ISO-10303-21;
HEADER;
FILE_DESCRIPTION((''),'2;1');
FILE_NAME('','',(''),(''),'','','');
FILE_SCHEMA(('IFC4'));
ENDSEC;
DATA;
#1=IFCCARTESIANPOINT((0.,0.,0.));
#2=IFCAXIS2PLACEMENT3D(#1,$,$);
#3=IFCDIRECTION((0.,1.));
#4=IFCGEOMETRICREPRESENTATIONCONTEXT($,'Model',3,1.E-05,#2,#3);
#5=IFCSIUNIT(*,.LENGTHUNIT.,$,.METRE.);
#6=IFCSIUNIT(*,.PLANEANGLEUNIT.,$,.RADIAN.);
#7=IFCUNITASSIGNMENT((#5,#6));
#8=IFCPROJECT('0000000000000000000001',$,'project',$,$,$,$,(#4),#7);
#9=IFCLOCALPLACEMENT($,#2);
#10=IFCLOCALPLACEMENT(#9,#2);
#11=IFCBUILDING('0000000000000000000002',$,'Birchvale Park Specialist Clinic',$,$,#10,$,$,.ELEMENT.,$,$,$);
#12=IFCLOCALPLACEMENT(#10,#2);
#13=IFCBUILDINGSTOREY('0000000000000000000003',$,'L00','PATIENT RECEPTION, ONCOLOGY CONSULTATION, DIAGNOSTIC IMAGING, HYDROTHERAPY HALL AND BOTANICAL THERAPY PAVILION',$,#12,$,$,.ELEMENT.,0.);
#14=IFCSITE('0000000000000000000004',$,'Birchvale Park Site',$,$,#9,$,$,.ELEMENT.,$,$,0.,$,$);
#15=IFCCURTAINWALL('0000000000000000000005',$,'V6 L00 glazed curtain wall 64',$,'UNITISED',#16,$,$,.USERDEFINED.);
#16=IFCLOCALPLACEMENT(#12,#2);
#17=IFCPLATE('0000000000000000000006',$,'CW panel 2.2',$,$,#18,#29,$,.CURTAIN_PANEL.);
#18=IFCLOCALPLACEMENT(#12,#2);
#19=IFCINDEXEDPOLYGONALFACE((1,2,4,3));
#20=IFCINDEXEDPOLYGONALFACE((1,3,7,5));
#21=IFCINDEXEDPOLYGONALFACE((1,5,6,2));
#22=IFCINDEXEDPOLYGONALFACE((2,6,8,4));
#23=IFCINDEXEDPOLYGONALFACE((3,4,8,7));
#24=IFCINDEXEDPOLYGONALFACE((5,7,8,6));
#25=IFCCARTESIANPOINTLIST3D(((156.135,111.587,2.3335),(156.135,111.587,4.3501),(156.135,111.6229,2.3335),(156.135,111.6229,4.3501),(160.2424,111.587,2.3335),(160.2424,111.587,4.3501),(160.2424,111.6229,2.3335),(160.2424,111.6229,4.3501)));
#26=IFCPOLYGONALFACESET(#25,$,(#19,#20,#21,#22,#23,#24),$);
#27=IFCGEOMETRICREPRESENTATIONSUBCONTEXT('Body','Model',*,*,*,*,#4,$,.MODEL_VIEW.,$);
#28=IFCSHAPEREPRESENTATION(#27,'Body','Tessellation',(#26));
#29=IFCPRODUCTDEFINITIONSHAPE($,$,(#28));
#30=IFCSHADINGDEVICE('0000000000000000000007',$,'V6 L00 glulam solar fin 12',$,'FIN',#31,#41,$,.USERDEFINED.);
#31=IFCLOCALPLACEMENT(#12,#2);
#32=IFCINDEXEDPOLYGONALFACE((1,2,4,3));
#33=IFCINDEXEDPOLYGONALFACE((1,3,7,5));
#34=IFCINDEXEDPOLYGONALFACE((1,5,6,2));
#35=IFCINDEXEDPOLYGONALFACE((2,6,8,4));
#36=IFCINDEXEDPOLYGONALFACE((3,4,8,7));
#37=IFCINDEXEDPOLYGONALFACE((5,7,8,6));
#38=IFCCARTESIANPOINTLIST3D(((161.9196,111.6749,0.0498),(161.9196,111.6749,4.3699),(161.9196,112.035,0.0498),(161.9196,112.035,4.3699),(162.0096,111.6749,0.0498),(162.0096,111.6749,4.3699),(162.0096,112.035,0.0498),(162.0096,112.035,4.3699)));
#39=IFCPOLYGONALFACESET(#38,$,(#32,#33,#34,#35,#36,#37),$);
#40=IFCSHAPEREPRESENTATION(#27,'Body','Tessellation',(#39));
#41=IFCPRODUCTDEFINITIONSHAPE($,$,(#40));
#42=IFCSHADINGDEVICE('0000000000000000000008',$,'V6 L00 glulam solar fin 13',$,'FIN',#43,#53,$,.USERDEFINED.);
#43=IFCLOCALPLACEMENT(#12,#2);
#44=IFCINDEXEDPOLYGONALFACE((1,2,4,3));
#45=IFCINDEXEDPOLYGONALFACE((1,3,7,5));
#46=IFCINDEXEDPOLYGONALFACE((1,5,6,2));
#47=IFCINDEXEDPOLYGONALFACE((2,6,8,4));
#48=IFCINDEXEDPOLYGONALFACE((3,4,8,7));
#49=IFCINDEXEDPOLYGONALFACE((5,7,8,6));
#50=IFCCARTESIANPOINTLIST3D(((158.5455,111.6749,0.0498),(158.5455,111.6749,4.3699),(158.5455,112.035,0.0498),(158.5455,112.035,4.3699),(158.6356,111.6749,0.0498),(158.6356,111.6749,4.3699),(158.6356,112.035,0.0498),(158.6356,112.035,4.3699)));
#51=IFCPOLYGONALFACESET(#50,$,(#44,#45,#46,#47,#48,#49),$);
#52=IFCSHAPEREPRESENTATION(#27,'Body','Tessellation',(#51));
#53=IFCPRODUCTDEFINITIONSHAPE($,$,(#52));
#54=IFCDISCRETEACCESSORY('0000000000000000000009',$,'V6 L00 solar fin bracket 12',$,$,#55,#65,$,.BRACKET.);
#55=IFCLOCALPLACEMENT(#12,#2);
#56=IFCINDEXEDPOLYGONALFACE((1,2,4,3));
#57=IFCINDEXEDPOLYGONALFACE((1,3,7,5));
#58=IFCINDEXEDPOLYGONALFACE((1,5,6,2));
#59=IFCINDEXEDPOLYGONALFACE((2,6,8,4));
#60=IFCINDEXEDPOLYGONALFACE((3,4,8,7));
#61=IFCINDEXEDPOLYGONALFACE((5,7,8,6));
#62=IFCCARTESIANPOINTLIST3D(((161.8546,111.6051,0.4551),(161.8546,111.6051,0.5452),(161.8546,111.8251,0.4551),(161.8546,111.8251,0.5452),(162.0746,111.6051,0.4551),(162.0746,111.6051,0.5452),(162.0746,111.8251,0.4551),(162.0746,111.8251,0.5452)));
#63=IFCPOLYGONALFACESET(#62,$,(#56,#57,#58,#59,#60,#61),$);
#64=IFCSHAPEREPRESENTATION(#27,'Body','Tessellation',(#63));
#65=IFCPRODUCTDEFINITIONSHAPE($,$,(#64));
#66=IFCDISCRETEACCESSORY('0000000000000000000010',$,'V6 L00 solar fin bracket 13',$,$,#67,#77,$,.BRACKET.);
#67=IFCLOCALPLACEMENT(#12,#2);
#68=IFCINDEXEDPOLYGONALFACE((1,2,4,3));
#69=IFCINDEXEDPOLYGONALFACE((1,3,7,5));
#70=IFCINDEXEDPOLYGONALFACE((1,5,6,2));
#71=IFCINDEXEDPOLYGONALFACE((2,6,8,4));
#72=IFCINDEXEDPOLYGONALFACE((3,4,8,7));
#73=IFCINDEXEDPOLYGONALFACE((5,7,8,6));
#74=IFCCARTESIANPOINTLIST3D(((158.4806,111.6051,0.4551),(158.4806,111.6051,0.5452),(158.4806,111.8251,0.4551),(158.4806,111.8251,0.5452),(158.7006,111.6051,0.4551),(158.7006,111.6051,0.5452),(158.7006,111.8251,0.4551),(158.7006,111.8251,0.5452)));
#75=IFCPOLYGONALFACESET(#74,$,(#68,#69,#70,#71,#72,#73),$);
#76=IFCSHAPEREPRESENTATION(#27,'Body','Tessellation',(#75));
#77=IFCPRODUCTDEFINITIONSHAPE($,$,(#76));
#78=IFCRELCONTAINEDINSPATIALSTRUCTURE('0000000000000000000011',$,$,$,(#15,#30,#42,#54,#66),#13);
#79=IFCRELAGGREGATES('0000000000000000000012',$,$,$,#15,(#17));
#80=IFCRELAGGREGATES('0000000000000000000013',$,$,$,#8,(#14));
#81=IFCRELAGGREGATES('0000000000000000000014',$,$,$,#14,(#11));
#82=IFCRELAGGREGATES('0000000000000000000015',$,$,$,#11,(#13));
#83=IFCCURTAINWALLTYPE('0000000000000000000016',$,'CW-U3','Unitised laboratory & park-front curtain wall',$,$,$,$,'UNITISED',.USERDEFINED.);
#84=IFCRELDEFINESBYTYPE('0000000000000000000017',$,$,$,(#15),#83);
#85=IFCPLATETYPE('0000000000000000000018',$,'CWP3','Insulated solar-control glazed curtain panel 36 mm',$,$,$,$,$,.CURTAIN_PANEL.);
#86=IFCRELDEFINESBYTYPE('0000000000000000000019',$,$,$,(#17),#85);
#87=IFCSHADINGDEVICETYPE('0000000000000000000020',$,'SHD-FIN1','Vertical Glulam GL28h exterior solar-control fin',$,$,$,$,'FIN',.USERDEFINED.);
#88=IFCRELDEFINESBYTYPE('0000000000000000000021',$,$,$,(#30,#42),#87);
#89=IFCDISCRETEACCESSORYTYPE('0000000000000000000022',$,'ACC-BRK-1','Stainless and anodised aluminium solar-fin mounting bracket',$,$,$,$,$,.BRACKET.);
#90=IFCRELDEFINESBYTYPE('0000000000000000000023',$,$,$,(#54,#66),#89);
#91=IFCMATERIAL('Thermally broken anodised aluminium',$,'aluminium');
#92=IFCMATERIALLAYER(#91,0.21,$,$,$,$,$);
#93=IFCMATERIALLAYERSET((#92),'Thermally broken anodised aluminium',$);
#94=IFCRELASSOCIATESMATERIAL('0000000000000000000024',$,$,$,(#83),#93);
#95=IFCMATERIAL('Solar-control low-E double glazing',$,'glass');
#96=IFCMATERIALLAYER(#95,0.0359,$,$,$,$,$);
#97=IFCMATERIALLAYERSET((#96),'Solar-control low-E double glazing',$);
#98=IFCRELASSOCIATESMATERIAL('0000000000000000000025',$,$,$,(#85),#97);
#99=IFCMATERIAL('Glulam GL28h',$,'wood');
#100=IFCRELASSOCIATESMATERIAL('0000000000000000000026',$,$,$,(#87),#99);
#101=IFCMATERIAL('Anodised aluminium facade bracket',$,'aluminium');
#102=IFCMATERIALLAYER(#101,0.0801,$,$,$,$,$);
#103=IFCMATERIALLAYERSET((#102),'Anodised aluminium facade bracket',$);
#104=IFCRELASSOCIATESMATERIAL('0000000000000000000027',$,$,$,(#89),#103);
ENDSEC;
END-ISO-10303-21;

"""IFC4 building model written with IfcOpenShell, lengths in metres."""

from ifc_helpers import new_model, si_unit, direction, frame, origin, origin_2d, place, context, subcontext, project, spatial, rectangle, extrude, material, layer, layer_set, type_object, element, aggregate, save


model = new_model("IFC4")

# Units and contexts
model_context = context("Model", 3, precision=1e-05, world=origin(), true_north=direction((0.0, 1.0)))
body_context = subcontext(model_context, "Body", "Model", "MODEL_VIEW")
ifc_project = project(units=[si_unit("LENGTHUNIT", "METRE"), si_unit("PLANEANGLEUNIT", "RADIAN")], contexts=[model_context])

# Site, building, storey
site_placement = place(None, origin())
site = spatial("IfcSite", under=ifc_project, at=site_placement, Name="Birchvale Park Site", CompositionType="ELEMENT", RefElevation=0.0)
building_placement = place(site_placement, origin())
building = spatial("IfcBuilding", under=site, at=building_placement, Name="Birchvale Park Specialist Clinic", CompositionType="ELEMENT")
storey_placement = place(building_placement, origin())
storey = spatial("IfcBuildingStorey", under=building, at=storey_placement, Name="L00", Description="PATIENT RECEPTION, ONCOLOGY CONSULTATION, DIAGNOSTIC IMAGING, HYDROTHERAPY HALL AND BOTANICAL THERAPY PAVILION", CompositionType="ELEMENT", Elevation=0.0)

# Curtain wall, plate
ifc_material_1 = material(Name="Thermally broken anodised aluminium", Category="aluminium")
ifc_layer_1 = layer(ifc_material_1, 0.21)
ifc_layer_set_1 = layer_set([ifc_layer_1], Name="Thermally broken anodised aluminium")
curtain_wall_type = type_object("IfcCurtainWallType", Name="CW-U3", Description="Unitised laboratory & park-front curtain wall", ElementType="UNITISED", PredefinedType="USERDEFINED", material=ifc_layer_set_1)
curtain_wall_placement = place(storey_placement, origin())
curtain_wall = element("IfcCurtainWall", 1, at=curtain_wall_placement, inside=storey, type_object=curtain_wall_type, Name="V6 L00 glazed curtain wall 64", ObjectType="UNITISED", PredefinedType="USERDEFINED")
ifc_material_2 = material(Name="Solar-control low-E double glazing", Category="glass")
ifc_layer_2 = layer(ifc_material_2, 0.0359)
ifc_layer_set_2 = layer_set([ifc_layer_2], Name="Solar-control low-E double glazing")
plate_type = type_object("IfcPlateType", Name="CWP3", Description="Insulated solar-control glazed curtain panel 36 mm", PredefinedType="CURTAIN_PANEL", material=ifc_layer_set_2)
plate_1_placement = place(storey_placement, frame((158.1887, 111.605, 2.3335), z_axis=(0.0, 0.0, 1.0), x_axis=(-1.0, 0.0, 0.0)))
plate_1 = element("IfcPlate", 2, at=plate_1_placement, type_object=plate_type, Name="CW panel 2.2", PredefinedType="CURTAIN_PANEL", context=body_context, shape_type="SweptSolid", body=[
    extrude(rectangle(XDim=4.1074, YDim=0.0359, at=origin_2d()), origin(), (0.0, 0.0, 1.0), 2.0166),
])
aggregate(curtain_wall, [plate_1])

# Shading devices
ifc_material_3 = material(Name="Glulam GL28h", Category="wood")
shading_device_type = type_object("IfcShadingDeviceType", Name="SHD-FIN1", Description="Vertical Glulam GL28h exterior solar-control fin", ElementType="FIN", PredefinedType="USERDEFINED", material=ifc_material_3)
for number, where, z_axis, x_axis, name in (
    (3, (161.9646, 111.855, 0.0498), (0.0, 0.0, 1.0), (0.0, 1.0, 0.0), "V6 L00 glulam solar fin 12"),
    (4, (158.5906, 111.855, 0.0498), (0.0, 0.0, 1.0), (0.0, 1.0, 0.0), "V6 L00 glulam solar fin 13"),
):
    element("IfcShadingDevice", number, at=place(storey_placement, frame(where, z_axis=z_axis, x_axis=x_axis)), inside=storey, type_object=shading_device_type, Name=name, ObjectType="FIN", PredefinedType="USERDEFINED", context=body_context, shape_type="SweptSolid", body=[
        extrude(rectangle(XDim=0.3601, YDim=0.0901, at=origin_2d()), origin(), (0.0, 0.0, 1.0), 4.3201),
    ])

# Discrete accessories
ifc_material_4 = material(Name="Anodised aluminium facade bracket", Category="aluminium")
ifc_layer_3 = layer(ifc_material_4, 0.0801)
ifc_layer_set_3 = layer_set([ifc_layer_3], Name="Anodised aluminium facade bracket")
discrete_accessory_type = type_object("IfcDiscreteAccessoryType", Name="ACC-BRK-1", Description="Stainless and anodised aluminium solar-fin mounting bracket", PredefinedType="BRACKET", material=ifc_layer_set_3)
for number, where, z_axis, x_axis, name in (
    (5, (161.9646, 111.7151, 0.4551), (0.0, 0.0, 1.0), (0.0, 1.0, 0.0), "V6 L00 solar fin bracket 12"),
    (6, (158.5906, 111.7151, 0.4551), (0.0, 0.0, 1.0), (0.0, 1.0, 0.0), "V6 L00 solar fin bracket 13"),
):
    element("IfcDiscreteAccessory", number, at=place(storey_placement, frame(where, z_axis=z_axis, x_axis=x_axis)), inside=storey, type_object=discrete_accessory_type, Name=name, PredefinedType="BRACKET", context=body_context, shape_type="SweptSolid", body=[
        extrude(rectangle(XDim=0.22, YDim=0.22, at=origin_2d()), origin(), (0.0, 0.0, 1.0), 0.0901),
    ])

save(model, "model.ifc")
